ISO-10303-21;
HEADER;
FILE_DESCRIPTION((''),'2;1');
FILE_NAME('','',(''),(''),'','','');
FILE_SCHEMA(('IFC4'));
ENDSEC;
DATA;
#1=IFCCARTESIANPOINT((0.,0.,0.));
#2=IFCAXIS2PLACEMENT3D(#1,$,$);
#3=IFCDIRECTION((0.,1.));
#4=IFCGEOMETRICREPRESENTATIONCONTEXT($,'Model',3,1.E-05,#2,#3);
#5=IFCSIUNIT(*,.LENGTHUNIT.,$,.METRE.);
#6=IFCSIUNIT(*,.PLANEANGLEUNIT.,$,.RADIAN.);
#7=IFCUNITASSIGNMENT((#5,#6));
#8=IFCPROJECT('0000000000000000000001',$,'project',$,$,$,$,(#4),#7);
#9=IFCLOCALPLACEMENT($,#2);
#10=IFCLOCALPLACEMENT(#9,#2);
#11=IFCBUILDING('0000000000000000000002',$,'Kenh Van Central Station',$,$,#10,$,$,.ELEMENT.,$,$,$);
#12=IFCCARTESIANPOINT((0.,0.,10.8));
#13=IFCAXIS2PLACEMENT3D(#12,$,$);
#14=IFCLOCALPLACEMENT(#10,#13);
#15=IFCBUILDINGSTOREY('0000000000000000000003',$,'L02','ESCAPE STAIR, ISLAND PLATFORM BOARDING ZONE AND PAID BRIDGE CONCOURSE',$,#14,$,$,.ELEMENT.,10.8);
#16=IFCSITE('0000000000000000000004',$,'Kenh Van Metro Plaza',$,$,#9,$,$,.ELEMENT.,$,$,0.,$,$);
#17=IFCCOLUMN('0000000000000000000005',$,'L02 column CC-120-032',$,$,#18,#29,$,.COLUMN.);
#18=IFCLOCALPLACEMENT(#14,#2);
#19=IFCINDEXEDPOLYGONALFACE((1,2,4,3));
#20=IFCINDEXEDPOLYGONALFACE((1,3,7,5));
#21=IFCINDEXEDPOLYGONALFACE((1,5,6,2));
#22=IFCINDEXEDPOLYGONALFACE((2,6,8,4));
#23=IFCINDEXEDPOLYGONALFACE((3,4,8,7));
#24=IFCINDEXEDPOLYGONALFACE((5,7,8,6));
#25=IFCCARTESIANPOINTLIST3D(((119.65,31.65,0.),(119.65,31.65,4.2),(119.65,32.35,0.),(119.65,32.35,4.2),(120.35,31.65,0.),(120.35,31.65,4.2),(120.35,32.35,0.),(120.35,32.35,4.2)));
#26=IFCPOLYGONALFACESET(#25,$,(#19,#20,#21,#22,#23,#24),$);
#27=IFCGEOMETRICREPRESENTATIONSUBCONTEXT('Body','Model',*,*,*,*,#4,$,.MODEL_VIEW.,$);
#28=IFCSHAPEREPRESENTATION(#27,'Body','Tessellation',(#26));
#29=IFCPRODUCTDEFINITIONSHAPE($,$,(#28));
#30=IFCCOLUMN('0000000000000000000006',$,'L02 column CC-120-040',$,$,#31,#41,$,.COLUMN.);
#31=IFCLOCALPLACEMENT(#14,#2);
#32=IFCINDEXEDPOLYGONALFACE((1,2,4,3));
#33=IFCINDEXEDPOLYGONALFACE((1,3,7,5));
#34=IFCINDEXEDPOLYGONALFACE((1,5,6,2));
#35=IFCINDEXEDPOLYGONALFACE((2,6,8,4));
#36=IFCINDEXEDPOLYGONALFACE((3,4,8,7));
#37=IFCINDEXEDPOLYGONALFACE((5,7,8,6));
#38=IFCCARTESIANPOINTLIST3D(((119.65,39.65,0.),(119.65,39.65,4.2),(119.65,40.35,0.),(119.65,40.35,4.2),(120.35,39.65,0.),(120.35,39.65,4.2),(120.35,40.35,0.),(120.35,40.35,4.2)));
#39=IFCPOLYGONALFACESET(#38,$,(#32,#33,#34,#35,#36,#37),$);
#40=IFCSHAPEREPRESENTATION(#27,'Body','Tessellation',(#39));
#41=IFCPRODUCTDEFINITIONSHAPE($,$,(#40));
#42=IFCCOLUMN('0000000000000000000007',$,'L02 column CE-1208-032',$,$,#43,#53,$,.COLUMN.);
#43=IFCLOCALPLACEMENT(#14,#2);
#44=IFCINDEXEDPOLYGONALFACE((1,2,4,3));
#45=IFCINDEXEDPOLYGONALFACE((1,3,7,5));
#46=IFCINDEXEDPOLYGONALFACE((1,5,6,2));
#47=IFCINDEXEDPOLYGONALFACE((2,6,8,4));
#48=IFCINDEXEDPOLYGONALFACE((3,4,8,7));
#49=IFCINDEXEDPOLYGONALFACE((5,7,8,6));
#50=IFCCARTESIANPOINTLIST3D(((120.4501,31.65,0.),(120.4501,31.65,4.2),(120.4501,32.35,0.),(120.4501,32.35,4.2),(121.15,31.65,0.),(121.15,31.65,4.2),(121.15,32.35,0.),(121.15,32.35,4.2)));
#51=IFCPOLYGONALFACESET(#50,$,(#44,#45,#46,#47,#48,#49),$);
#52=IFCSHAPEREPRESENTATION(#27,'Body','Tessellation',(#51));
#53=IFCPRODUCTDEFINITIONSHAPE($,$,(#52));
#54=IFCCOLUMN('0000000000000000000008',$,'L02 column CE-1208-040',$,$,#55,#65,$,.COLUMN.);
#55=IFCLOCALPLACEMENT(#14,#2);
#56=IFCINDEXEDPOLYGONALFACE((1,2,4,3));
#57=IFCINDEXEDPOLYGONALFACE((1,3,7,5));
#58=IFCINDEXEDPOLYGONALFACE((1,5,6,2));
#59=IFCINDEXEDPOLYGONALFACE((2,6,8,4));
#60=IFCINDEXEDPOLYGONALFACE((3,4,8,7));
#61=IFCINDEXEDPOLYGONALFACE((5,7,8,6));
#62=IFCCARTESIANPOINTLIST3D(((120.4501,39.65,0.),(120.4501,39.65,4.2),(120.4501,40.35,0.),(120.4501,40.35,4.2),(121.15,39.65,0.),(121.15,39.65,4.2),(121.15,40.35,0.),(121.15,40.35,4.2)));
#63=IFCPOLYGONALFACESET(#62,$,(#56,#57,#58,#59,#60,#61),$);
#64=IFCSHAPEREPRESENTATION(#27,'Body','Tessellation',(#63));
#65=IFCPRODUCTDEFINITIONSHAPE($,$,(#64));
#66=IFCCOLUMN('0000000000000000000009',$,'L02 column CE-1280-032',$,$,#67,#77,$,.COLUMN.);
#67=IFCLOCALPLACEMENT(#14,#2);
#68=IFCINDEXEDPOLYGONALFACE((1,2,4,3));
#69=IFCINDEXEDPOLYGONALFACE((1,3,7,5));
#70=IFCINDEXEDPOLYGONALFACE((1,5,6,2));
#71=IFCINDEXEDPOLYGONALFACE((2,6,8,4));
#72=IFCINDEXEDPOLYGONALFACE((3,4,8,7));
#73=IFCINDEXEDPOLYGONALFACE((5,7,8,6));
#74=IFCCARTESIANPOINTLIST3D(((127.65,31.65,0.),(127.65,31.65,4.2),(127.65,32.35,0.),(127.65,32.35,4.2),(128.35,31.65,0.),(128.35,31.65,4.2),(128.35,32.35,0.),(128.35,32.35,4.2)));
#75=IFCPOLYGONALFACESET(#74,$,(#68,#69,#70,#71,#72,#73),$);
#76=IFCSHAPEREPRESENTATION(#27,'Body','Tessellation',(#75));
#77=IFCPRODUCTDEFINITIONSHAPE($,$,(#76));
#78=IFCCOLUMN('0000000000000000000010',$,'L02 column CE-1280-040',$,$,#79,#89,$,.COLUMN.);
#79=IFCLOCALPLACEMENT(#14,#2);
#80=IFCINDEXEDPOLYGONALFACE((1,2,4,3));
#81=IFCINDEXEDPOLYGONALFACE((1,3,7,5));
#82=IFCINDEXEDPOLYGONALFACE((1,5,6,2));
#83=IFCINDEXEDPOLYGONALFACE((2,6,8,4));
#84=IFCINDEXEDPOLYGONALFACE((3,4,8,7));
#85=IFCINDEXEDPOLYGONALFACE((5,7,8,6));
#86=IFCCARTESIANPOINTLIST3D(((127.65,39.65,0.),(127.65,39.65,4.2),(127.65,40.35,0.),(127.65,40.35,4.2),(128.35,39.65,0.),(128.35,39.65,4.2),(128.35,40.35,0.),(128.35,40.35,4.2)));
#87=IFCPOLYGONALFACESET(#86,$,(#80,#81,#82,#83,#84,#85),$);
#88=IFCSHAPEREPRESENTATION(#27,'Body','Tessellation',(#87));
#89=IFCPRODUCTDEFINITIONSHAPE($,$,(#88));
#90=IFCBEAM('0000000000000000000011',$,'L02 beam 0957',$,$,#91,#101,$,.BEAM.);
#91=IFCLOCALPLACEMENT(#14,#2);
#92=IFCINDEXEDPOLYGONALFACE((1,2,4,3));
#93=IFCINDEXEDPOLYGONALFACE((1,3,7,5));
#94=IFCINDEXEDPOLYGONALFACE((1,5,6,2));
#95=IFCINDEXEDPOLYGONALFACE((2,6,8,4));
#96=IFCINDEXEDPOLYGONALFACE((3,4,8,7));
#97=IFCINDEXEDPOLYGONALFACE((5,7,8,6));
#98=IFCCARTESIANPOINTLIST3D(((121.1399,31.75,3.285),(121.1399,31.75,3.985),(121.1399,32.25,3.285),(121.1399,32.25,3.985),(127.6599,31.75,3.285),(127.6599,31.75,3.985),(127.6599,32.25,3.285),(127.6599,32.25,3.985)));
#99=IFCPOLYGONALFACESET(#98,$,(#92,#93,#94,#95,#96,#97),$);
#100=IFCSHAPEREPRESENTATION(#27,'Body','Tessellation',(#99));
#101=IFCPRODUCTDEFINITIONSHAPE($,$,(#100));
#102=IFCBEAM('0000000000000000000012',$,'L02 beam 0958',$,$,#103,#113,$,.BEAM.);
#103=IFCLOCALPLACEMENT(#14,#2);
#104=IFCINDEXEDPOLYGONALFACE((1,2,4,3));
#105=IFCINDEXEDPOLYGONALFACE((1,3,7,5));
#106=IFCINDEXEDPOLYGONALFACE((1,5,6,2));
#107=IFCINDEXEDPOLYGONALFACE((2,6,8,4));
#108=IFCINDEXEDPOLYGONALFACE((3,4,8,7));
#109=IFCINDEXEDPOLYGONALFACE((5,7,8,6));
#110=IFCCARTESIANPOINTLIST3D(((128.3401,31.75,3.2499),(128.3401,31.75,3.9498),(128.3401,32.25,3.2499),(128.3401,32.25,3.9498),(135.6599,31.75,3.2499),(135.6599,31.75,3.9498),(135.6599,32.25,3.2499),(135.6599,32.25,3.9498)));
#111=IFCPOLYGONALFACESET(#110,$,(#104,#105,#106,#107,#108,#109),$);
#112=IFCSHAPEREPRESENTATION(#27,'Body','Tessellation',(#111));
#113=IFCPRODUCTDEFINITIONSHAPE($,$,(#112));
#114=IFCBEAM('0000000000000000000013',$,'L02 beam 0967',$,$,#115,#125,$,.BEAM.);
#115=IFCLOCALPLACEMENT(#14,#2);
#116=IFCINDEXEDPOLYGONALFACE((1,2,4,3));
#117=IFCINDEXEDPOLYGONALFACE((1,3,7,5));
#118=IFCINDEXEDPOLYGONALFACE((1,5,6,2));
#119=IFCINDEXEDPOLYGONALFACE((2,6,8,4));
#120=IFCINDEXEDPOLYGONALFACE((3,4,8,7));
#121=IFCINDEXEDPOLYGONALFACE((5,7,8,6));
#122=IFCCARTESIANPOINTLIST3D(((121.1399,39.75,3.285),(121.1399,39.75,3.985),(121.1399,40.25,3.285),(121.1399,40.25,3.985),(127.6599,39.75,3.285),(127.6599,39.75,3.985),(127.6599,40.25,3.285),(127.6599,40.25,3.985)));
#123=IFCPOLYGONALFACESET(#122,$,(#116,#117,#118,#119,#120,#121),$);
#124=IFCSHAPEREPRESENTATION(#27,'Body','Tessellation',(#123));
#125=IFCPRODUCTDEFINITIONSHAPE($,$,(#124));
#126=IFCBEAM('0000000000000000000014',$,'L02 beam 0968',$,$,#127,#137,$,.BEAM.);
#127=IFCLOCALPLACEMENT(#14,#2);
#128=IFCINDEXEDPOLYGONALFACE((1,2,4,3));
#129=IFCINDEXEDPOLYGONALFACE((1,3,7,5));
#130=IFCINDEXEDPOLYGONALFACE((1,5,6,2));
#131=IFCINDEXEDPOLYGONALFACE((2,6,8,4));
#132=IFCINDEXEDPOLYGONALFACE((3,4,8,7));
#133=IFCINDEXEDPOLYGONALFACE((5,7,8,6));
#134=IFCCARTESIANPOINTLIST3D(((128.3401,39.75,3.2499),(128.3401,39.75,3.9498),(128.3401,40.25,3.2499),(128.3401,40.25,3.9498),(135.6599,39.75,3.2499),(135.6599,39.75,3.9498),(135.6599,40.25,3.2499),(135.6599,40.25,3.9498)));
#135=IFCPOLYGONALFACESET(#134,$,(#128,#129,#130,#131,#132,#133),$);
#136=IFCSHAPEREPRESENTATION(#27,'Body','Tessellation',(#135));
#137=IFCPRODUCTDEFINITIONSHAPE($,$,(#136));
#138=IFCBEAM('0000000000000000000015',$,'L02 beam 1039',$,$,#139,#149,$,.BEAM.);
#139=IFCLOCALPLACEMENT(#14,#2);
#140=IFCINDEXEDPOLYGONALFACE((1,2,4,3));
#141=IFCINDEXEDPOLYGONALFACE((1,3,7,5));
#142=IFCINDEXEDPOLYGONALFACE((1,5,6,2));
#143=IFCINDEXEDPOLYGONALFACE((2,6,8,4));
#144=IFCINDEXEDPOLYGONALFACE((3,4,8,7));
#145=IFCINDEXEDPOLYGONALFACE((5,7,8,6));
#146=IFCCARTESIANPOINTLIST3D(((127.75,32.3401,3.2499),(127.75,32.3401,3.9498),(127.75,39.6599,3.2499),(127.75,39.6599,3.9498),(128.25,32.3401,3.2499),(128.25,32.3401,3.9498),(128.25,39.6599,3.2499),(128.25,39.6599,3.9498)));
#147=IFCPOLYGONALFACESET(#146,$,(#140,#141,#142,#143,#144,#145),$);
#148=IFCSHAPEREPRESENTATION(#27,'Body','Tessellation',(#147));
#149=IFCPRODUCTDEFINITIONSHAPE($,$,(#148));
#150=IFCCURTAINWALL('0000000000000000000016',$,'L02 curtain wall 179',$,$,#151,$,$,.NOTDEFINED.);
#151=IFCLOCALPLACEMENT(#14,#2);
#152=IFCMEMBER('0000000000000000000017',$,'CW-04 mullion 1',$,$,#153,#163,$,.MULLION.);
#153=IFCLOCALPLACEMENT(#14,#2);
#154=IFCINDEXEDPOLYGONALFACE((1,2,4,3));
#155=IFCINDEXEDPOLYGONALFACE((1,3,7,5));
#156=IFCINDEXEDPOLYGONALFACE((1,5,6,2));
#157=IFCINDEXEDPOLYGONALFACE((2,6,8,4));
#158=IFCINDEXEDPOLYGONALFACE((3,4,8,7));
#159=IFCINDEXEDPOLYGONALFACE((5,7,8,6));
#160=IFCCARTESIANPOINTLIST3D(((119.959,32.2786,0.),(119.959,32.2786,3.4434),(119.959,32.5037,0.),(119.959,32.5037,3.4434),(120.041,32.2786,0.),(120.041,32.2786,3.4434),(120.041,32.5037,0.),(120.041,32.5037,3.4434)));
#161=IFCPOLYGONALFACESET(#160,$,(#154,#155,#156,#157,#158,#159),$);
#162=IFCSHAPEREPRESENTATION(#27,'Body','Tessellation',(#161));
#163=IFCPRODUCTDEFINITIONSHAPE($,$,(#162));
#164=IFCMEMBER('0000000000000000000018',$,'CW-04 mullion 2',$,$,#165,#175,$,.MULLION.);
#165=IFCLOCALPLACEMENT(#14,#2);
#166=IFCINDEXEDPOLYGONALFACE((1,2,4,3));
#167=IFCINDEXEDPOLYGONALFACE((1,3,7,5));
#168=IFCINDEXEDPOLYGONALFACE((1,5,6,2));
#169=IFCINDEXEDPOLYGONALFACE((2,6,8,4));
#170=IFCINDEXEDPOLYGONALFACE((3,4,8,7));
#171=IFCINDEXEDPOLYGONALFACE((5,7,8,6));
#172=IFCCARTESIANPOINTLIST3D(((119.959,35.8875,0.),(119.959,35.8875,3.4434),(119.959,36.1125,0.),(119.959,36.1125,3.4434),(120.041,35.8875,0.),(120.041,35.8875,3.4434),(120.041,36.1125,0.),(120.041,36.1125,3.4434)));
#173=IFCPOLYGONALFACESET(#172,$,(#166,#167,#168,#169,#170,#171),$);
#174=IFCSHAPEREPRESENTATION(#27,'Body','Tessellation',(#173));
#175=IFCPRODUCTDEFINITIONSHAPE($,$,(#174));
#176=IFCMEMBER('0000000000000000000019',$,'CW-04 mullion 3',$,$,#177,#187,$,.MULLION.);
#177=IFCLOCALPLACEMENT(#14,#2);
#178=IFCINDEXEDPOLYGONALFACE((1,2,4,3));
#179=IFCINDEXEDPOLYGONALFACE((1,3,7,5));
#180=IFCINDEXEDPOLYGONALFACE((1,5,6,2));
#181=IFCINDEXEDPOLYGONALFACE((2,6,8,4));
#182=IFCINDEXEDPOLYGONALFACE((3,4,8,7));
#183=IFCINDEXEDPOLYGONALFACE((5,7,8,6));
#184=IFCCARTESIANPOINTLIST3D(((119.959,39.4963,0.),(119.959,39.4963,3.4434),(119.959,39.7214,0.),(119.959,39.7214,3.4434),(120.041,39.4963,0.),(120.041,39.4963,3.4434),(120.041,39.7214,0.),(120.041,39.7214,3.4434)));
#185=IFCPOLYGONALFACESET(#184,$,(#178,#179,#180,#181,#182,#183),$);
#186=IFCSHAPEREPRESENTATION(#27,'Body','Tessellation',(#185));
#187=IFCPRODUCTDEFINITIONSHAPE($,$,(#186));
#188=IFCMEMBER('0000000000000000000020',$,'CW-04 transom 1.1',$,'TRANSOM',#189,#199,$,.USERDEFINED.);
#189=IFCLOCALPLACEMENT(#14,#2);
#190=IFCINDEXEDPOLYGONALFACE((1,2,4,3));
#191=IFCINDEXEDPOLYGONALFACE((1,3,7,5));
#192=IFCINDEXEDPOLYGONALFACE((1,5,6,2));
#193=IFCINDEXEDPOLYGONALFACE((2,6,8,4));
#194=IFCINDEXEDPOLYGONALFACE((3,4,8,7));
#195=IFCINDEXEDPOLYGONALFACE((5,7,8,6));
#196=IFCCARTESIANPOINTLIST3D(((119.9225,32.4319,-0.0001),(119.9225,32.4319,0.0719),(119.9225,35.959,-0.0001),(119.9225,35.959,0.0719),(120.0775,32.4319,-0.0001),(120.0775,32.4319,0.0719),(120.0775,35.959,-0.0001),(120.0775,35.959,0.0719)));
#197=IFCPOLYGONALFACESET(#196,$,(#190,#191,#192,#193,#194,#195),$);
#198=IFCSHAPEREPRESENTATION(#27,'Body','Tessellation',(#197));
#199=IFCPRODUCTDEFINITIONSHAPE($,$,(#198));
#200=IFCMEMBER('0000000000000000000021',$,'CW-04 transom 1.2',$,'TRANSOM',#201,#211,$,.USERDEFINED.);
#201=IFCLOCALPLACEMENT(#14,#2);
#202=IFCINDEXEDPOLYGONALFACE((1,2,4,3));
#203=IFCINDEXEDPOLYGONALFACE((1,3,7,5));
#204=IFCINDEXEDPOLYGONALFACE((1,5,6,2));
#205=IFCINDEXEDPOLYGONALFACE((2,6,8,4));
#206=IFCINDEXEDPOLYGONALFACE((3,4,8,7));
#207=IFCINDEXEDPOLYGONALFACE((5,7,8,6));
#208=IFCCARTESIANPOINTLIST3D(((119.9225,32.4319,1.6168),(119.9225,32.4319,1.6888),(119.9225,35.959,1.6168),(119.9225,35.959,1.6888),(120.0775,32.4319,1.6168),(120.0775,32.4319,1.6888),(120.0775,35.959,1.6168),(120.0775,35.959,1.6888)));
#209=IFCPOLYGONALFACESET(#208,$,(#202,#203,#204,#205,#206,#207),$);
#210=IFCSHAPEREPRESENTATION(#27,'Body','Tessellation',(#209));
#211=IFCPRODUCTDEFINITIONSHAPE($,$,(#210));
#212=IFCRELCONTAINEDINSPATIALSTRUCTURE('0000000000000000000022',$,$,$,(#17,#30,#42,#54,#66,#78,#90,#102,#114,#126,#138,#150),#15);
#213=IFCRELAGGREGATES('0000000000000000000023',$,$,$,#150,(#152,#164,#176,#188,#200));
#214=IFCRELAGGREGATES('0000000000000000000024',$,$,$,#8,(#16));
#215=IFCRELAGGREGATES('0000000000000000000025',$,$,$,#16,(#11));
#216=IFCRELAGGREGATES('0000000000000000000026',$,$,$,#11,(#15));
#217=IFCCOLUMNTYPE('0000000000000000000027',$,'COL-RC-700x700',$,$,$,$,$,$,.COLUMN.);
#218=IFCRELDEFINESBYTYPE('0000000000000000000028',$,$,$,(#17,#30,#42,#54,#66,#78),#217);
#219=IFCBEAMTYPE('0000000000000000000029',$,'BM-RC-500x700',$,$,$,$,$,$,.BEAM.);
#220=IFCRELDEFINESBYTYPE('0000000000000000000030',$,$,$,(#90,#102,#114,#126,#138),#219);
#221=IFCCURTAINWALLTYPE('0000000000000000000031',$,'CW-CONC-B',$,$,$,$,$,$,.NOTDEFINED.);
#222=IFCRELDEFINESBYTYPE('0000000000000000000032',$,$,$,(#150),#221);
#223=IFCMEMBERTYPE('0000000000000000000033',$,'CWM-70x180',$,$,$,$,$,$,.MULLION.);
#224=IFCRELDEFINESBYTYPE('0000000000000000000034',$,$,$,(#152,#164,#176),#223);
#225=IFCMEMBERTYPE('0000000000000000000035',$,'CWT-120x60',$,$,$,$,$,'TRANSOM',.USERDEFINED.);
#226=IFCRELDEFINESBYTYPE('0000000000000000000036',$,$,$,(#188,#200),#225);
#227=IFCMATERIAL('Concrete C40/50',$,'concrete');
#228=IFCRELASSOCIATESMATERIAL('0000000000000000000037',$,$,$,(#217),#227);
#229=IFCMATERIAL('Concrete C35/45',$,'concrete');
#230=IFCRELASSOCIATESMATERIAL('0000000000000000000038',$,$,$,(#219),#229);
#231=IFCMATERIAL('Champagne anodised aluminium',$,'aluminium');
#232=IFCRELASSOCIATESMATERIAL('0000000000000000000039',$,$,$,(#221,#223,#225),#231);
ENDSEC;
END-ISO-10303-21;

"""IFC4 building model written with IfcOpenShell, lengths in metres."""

from ifc_helpers import new_model, si_unit, direction, frame, origin, origin_2d, place, context, subcontext, project, spatial, rectangle, extrude, material, material_profile, profile_set, type_object, element, aggregate, save


model = new_model("IFC4")

# Units and contexts
model_context = context("Model", 3, precision=1e-05, world=origin(), true_north=direction((0.0, 1.0)))
body_context = subcontext(model_context, "Body", "Model", "MODEL_VIEW")
ifc_project = project(units=[si_unit("LENGTHUNIT", "METRE"), si_unit("PLANEANGLEUNIT", "RADIAN")], contexts=[model_context])

# Site, building, storey
site_placement = place(None, origin())
site = spatial("IfcSite", under=ifc_project, at=site_placement, Name="Kenh Van Metro Plaza", CompositionType="ELEMENT", RefElevation=0.0)
building_placement = place(site_placement, origin())
building = spatial("IfcBuilding", under=site, at=building_placement, Name="Kenh Van Central Station", CompositionType="ELEMENT")
storey_placement = place(building_placement, frame((0.0, 0.0, 10.8)))
storey = spatial("IfcBuildingStorey", under=building, at=storey_placement, Name="L02", Description="ESCAPE STAIR, ISLAND PLATFORM BOARDING ZONE AND PAID BRIDGE CONCOURSE", CompositionType="ELEMENT", Elevation=10.8)

# Columns
ifc_material_1 = material(Name="Concrete C40/50", Category="concrete")
ifc_material_profile_1 = material_profile(ifc_material_1, rectangle(XDim=0.7, YDim=0.7, at=origin_2d()), Name="RC 700x700")
ifc_profile_set_1 = profile_set([ifc_material_profile_1], Name="Concrete C40/50")
column_type = type_object("IfcColumnType", Name="COL-RC-700x700", PredefinedType="COLUMN", material=ifc_profile_set_1)
for number, where, z_axis, x_axis, name in (
    (1, (120.0, 32.0, 0.0), (0.0, 0.0, 1.0), (1.0, 0.0, 0.0), "L02 column CC-120-032"),
    (2, (120.0, 40.0, 0.0), (0.0, 0.0, 1.0), (1.0, 0.0, 0.0), "L02 column CC-120-040"),
    (3, (120.8, 32.0, 0.0), (0.0, 0.0, 1.0), (1.0, 0.0, 0.0), "L02 column CE-1208-032"),
    (4, (120.8, 40.0, 0.0), (0.0, 0.0, 1.0), (1.0, 0.0, 0.0), "L02 column CE-1208-040"),
    (5, (128.0, 32.0, 0.0), (0.0, 0.0, 1.0), (1.0, 0.0, 0.0), "L02 column CE-1280-032"),
    (6, (128.0, 40.0, 0.0), (0.0, 0.0, 1.0), (1.0, 0.0, 0.0), "L02 column CE-1280-040"),
):
    element("IfcColumn", number, at=place(storey_placement, frame(where, z_axis=z_axis, x_axis=x_axis)), inside=storey, type_object=column_type, Name=name, PredefinedType="COLUMN", context=body_context, shape_type="SweptSolid", body=[
        extrude(rectangle(XDim=0.7, YDim=0.7, at=origin_2d()), origin(), (0.0, 0.0, 1.0), 4.2),
    ])

# Beams
ifc_material_2 = material(Name="Concrete C35/45", Category="concrete")
ifc_material_profile_2 = material_profile(ifc_material_2, rectangle(XDim=0.5, YDim=0.7, at=origin_2d()), Name="RC 500x700")
ifc_profile_set_2 = profile_set([ifc_material_profile_2], Name="Concrete C35/45")
beam_type_1 = type_object("IfcBeamType", Name="BM-RC-500x700", PredefinedType="BEAM", material=ifc_profile_set_2)
beam_1_placement = place(storey_placement, frame((121.1399, 32.0, 3.635), z_axis=(1.0, 0.0, 0.0), x_axis=(0.0, 1.0, 0.0)))
element("IfcBeam", 7, at=beam_1_placement, inside=storey, type_object=beam_type_1, Name="L02 beam 0957", PredefinedType="BEAM", context=body_context, shape_type="SweptSolid", body=[
    extrude(rectangle(XDim=0.5, YDim=0.7, at=origin_2d()), origin(), (0.0, 0.0, 1.0), 6.52),
])
beam_2_placement = place(storey_placement, frame((128.3401, 32.0, 3.5999), z_axis=(1.0, 0.0, 0.0), x_axis=(0.0, 1.0, 0.0)))
element("IfcBeam", 8, at=beam_2_placement, inside=storey, type_object=beam_type_1, Name="L02 beam 0958", PredefinedType="BEAM", context=body_context, shape_type="SweptSolid", body=[
    extrude(rectangle(XDim=0.5, YDim=0.7, at=origin_2d()), origin(), (0.0, 0.0, 1.0), 7.3198),
])
beam_3_placement = place(storey_placement, frame((121.1399, 40.0, 3.635), z_axis=(1.0, 0.0, 0.0), x_axis=(0.0, 1.0, 0.0)))
element("IfcBeam", 9, at=beam_3_placement, inside=storey, type_object=beam_type_1, Name="L02 beam 0967", PredefinedType="BEAM", context=body_context, shape_type="SweptSolid", body=[
    extrude(rectangle(XDim=0.5, YDim=0.7, at=origin_2d()), origin(), (0.0, 0.0, 1.0), 6.52),
])
for number, where, z_axis, x_axis, name in (
    (10, (128.3401, 40.0, 3.5999), (1.0, 0.0, 0.0), (0.0, 1.0, 0.0), "L02 beam 0968"),
    (11, (128.0, 32.3401, 3.5999), (0.0, 1.0, 0.0), (-1.0, 0.0, 0.0), "L02 beam 1039"),
):
    element("IfcBeam", number, at=place(storey_placement, frame(where, z_axis=z_axis, x_axis=x_axis)), inside=storey, type_object=beam_type_1, Name=name, PredefinedType="BEAM", context=body_context, shape_type="SweptSolid", body=[
        extrude(rectangle(XDim=0.5, YDim=0.7, at=origin_2d()), origin(), (0.0, 0.0, 1.0), 7.3198),
    ])

# Curtain wall, members
ifc_material_3 = material(Name="Champagne anodised aluminium", Category="aluminium")
curtain_wall_type = type_object("IfcCurtainWallType", Name="CW-CONC-B", PredefinedType="NOTDEFINED", material=ifc_material_3)
curtain_wall_placement = place(storey_placement, origin())
curtain_wall = element("IfcCurtainWall", 12, at=curtain_wall_placement, inside=storey, type_object=curtain_wall_type, Name="L02 curtain wall 179", PredefinedType="NOTDEFINED")
ifc_material_profile_3 = material_profile(ifc_material_3, rectangle(XDim=0.082, YDim=0.2251, at=origin_2d()), Name="AL 82x225")
ifc_profile_set_3 = profile_set([ifc_material_profile_3], Name="Champagne anodised aluminium")
member_type_1 = type_object("IfcMemberType", Name="CWM-70x180", PredefinedType="MULLION", material=ifc_profile_set_3)
member_1_placement = place(storey_placement, frame((120.0, 32.3911, 0.0), z_axis=(0.0, 0.0, 1.0), x_axis=(-1.0, 0.0, 0.0)))
member_1 = element("IfcMember", 13, at=member_1_placement, type_object=member_type_1, Name="CW-04 mullion 1", PredefinedType="MULLION", context=body_context, shape_type="SweptSolid", body=[
    extrude(rectangle(XDim=0.082, YDim=0.2251, at=origin_2d()), origin(), (0.0, 0.0, 1.0), 3.4434),
])
member_2_placement = place(storey_placement, frame((120.0, 36.0, 0.0), z_axis=(0.0, 0.0, 1.0), x_axis=(-1.0, 0.0, 0.0)))
member_2 = element("IfcMember", 14, at=member_2_placement, type_object=member_type_1, Name="CW-04 mullion 2", PredefinedType="MULLION", context=body_context, shape_type="SweptSolid", body=[
    extrude(rectangle(XDim=0.082, YDim=0.2251, at=origin_2d()), origin(), (0.0, 0.0, 1.0), 3.4434),
])
member_3_placement = place(storey_placement, frame((120.0, 39.6089, 0.0), z_axis=(0.0, 0.0, 1.0), x_axis=(-1.0, 0.0, 0.0)))
member_3 = element("IfcMember", 15, at=member_3_placement, type_object=member_type_1, Name="CW-04 mullion 3", PredefinedType="MULLION", context=body_context, shape_type="SweptSolid", body=[
    extrude(rectangle(XDim=0.082, YDim=0.2251, at=origin_2d()), origin(), (0.0, 0.0, 1.0), 3.4434),
])
ifc_material_profile_4 = material_profile(ifc_material_3, rectangle(XDim=0.155, YDim=0.072, at=origin_2d()), Name="AL 155x72")
ifc_profile_set_4 = profile_set([ifc_material_profile_4], Name="Champagne anodised aluminium")
member_type_2 = type_object("IfcMemberType", Name="CWT-120x60", ElementType="TRANSOM", PredefinedType="USERDEFINED", material=ifc_profile_set_4)
member_4_placement = place(storey_placement, frame((120.0, 32.4319, 0.0359), z_axis=(0.0, 1.0, 0.0), x_axis=(-1.0, 0.0, 0.0)))
member_4 = element("IfcMember", 16, at=member_4_placement, type_object=member_type_2, Name="CW-04 transom 1.1", ObjectType="TRANSOM", PredefinedType="USERDEFINED", context=body_context, shape_type="SweptSolid", body=[
    extrude(rectangle(XDim=0.155, YDim=0.072, at=origin_2d()), origin(), (0.0, 0.0, 1.0), 3.5271),
])
member_5_placement = place(storey_placement, frame((120.0, 32.4319, 1.6528), z_axis=(0.0, 1.0, 0.0), x_axis=(-1.0, 0.0, 0.0)))
member_5 = element("IfcMember", 17, at=member_5_placement, type_object=member_type_2, Name="CW-04 transom 1.2", ObjectType="TRANSOM", PredefinedType="USERDEFINED", context=body_context, shape_type="SweptSolid", body=[
    extrude(rectangle(XDim=0.155, YDim=0.072, at=origin_2d()), origin(), (0.0, 0.0, 1.0), 3.5271),
])

aggregate(curtain_wall, [member_1, member_2, member_3, member_4, member_5])

save(model, "model.ifc")
